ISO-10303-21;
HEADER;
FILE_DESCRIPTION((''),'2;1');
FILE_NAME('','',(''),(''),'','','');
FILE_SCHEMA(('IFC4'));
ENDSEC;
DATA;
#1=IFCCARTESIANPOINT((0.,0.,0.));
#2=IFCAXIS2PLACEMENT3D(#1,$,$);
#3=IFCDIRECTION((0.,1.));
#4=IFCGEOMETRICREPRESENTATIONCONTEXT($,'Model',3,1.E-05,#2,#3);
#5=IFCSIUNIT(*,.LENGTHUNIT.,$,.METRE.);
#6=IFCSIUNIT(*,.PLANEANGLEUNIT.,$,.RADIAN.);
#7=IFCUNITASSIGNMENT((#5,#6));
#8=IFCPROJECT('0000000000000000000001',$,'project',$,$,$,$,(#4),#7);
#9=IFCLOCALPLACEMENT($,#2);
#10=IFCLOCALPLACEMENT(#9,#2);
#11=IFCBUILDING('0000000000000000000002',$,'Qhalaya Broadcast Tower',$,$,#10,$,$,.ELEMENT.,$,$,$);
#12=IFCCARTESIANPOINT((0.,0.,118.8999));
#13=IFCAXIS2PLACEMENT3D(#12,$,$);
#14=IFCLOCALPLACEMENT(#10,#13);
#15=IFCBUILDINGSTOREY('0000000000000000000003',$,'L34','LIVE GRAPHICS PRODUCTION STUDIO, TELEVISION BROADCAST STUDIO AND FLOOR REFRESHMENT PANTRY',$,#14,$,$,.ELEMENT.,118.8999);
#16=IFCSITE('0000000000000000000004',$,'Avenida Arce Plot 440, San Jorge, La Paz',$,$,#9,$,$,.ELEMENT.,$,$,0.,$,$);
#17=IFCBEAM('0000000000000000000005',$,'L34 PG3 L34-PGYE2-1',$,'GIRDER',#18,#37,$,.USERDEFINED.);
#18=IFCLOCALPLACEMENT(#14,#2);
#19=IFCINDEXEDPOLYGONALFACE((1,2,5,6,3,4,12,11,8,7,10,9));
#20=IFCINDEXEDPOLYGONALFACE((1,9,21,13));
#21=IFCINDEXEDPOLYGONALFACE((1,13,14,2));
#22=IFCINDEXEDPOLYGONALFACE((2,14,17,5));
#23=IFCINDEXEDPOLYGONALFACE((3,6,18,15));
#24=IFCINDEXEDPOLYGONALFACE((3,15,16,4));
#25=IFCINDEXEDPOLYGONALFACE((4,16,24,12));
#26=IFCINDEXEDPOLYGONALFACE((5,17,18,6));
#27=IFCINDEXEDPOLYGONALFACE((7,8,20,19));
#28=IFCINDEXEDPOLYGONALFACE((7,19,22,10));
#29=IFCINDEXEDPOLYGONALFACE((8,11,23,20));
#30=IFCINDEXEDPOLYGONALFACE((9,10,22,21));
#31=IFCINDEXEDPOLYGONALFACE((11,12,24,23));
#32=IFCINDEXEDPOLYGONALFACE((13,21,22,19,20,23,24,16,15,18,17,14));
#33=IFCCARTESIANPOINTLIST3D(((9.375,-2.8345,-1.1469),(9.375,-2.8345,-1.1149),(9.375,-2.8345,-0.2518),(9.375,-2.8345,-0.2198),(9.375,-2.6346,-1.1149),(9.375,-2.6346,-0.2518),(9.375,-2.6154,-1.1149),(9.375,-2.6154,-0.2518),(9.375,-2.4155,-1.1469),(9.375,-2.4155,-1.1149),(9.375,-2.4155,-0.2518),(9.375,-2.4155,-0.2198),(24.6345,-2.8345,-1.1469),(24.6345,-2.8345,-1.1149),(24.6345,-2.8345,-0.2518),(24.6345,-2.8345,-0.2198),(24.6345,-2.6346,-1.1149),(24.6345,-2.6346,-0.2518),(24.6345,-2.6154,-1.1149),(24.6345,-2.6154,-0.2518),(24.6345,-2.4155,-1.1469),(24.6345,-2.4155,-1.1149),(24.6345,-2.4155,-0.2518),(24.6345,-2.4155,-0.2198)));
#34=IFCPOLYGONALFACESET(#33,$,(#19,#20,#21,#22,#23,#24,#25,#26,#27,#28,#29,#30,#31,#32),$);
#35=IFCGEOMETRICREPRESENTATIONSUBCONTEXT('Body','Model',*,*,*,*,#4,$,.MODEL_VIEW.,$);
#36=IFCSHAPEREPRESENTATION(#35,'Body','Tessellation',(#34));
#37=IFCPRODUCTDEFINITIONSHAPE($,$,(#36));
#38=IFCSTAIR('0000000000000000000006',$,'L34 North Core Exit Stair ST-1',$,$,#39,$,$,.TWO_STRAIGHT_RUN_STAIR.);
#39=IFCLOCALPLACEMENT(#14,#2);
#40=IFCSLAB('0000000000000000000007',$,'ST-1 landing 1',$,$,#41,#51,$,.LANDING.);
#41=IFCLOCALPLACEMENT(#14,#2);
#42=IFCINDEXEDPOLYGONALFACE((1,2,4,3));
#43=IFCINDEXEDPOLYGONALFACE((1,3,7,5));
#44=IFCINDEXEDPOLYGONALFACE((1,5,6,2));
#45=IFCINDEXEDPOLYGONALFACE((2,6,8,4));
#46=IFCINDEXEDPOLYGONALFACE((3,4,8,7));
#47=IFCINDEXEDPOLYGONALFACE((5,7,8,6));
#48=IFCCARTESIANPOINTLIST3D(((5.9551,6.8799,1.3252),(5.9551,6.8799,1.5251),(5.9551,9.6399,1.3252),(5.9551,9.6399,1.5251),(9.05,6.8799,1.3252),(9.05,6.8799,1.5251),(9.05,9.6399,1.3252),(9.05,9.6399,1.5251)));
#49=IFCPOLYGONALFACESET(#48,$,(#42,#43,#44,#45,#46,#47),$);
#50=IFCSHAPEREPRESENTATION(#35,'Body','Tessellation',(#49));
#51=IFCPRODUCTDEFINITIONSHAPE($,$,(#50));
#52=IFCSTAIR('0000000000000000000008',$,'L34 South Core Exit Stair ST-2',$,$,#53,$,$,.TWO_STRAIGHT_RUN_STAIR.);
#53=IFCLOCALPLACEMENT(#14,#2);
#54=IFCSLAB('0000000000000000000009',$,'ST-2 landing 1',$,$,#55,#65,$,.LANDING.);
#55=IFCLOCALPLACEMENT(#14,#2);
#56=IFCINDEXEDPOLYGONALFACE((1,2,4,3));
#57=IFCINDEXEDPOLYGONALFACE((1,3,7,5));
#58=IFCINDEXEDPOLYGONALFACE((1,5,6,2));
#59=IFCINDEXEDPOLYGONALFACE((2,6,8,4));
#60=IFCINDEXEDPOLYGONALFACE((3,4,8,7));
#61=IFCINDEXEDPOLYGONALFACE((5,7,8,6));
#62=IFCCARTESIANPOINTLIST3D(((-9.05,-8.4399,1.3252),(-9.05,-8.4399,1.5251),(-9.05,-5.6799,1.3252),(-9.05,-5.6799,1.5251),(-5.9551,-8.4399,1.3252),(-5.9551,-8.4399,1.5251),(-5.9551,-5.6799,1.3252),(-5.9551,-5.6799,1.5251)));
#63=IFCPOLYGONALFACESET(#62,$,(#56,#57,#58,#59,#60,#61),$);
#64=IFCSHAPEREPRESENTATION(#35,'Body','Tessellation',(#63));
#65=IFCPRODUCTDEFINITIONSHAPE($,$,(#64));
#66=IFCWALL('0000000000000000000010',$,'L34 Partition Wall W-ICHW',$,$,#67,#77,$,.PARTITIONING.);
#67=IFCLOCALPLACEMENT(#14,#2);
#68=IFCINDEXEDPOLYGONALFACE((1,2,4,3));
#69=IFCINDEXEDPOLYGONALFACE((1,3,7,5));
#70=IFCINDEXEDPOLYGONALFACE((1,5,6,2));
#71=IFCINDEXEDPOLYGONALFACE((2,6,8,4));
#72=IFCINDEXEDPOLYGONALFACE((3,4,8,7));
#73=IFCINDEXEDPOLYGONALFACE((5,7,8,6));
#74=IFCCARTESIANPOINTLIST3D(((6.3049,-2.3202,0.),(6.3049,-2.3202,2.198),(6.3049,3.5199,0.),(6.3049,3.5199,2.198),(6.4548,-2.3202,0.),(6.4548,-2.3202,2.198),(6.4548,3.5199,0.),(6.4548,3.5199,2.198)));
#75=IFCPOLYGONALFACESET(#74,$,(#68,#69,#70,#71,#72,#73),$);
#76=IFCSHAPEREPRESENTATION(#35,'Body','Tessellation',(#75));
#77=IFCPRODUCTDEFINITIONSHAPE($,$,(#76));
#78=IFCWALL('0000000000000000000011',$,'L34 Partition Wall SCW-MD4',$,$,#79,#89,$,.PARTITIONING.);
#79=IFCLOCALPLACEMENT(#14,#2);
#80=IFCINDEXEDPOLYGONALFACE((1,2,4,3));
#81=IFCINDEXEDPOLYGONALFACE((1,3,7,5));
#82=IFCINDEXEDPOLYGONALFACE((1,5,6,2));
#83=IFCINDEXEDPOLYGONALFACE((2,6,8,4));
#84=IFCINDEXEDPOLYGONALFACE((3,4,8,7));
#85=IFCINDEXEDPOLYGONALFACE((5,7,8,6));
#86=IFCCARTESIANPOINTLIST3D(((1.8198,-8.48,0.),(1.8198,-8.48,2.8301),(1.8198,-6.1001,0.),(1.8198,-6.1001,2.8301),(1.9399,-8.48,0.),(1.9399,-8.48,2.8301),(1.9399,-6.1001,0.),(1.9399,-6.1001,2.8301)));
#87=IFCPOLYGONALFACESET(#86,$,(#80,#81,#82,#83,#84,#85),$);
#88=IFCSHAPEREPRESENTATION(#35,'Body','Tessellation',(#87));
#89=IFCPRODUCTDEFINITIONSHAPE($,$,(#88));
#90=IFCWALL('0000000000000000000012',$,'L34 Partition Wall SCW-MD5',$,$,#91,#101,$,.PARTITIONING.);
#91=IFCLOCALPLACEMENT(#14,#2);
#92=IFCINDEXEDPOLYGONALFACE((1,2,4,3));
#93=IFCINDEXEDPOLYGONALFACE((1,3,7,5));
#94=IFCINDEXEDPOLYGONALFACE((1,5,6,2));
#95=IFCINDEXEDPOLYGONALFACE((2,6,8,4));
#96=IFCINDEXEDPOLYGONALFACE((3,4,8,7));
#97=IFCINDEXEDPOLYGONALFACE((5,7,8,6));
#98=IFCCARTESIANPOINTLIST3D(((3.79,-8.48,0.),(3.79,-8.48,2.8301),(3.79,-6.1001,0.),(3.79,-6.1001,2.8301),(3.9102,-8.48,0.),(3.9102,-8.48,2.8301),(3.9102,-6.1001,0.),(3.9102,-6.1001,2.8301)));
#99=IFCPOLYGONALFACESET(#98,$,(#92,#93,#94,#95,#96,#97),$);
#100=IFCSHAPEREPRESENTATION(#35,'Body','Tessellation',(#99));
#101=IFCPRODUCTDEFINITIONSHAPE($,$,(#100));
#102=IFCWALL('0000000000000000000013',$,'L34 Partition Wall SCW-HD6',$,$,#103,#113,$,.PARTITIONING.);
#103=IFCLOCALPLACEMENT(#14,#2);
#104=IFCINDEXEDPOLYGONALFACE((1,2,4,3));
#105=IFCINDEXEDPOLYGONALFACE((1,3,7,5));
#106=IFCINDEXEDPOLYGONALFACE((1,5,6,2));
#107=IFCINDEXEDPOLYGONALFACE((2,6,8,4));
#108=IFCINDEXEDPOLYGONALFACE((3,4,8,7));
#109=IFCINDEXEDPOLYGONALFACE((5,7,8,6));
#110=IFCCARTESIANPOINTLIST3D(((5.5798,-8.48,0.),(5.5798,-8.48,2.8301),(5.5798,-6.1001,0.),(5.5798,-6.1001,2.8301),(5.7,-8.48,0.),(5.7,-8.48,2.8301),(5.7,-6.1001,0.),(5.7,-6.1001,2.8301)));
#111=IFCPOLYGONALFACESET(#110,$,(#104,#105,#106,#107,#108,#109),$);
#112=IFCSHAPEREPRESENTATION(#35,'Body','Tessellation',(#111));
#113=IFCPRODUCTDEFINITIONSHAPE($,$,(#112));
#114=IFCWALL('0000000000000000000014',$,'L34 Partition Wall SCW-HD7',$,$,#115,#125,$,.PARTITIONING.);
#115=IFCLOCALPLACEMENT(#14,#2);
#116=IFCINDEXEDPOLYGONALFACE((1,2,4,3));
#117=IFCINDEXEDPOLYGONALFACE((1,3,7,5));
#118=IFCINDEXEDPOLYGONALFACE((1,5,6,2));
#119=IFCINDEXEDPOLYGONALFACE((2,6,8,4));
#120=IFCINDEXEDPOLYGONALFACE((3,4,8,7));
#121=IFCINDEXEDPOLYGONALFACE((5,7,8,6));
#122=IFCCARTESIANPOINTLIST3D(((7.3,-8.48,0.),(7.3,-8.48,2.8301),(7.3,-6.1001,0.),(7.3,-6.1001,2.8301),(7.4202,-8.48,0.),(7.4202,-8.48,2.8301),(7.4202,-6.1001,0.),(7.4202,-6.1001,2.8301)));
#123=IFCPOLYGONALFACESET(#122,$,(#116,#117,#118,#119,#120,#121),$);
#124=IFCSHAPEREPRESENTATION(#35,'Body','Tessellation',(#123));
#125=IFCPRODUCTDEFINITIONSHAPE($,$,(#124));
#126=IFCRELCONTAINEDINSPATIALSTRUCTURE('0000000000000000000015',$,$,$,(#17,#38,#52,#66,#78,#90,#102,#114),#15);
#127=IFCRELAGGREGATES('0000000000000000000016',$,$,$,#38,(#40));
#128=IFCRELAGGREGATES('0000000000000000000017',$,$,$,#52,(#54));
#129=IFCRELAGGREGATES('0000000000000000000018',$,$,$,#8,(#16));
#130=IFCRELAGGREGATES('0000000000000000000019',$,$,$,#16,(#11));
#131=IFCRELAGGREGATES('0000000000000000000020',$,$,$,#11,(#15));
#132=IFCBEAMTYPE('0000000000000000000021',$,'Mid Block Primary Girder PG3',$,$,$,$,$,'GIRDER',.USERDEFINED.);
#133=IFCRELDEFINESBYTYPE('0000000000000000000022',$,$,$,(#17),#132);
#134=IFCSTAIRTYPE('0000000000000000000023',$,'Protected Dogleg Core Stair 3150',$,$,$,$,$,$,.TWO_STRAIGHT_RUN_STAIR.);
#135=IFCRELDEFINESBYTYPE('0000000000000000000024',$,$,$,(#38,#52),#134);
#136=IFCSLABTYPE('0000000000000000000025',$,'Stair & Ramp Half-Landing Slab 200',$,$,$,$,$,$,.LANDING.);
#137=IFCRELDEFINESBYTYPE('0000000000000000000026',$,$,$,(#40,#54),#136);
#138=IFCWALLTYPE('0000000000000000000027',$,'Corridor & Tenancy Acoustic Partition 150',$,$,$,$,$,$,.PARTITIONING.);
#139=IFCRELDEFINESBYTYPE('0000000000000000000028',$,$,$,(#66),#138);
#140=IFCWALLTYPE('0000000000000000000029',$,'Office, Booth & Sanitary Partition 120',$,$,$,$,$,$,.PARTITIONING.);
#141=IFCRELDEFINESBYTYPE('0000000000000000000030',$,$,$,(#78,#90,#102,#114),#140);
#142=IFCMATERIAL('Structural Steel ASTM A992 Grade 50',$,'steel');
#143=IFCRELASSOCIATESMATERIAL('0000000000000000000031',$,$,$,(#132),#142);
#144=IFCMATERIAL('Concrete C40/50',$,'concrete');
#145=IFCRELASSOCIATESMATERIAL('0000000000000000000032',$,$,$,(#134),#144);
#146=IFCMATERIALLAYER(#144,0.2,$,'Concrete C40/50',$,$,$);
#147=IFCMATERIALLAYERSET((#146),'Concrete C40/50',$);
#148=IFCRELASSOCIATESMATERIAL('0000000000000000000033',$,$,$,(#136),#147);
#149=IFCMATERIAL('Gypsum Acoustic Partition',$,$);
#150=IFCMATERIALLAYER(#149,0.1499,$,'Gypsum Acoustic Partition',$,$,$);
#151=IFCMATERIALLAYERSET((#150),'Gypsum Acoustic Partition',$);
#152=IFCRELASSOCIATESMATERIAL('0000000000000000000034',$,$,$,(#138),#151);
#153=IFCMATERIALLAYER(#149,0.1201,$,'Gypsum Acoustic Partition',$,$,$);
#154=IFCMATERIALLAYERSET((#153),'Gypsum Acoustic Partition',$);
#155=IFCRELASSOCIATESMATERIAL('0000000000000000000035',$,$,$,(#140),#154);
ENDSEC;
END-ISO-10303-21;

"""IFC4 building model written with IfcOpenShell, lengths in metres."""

from ifc_helpers import new_model, si_unit, direction, frame, frame_2d, origin, origin_2d, place, context, subcontext, project, spatial, polyline, rectangle, i_section, outline, extrude, material, layer, layer_set, material_profile, profile_set, type_object, element, aggregate, save


model = new_model("IFC4")

# Units and contexts
model_context = context("Model", 3, precision=1e-05, world=origin(), true_north=direction((0.0, 1.0)))
body_context = subcontext(model_context, "Body", "Model", "MODEL_VIEW")
ifc_project = project(units=[si_unit("LENGTHUNIT", "METRE"), si_unit("PLANEANGLEUNIT", "RADIAN")], contexts=[model_context])

# Site, building, storey
site_placement = place(None, origin())
site = spatial("IfcSite", under=ifc_project, at=site_placement, Name="Avenida Arce Plot 440, San Jorge, La Paz", CompositionType="ELEMENT", RefElevation=0.0)
building_placement = place(site_placement, origin())
building = spatial("IfcBuilding", under=site, at=building_placement, Name="Qhalaya Broadcast Tower", CompositionType="ELEMENT")
storey_placement = place(building_placement, frame((0.0, 0.0, 118.8999)))
storey = spatial("IfcBuildingStorey", under=building, at=storey_placement, Name="L34", Description="LIVE GRAPHICS PRODUCTION STUDIO, TELEVISION BROADCAST STUDIO AND FLOOR REFRESHMENT PANTRY", CompositionType="ELEMENT", Elevation=118.8999)

# Beam
ifc_material_1 = material(Name="Structural Steel ASTM A992 Grade 50", Category="steel")
ifc_material_profile_1 = material_profile(ifc_material_1, i_section(OverallWidth=0.4189, OverallDepth=0.927, WebThickness=0.0193, FlangeThickness=0.032, at=origin_2d()), Name="W36X231")
ifc_profile_set_1 = profile_set([ifc_material_profile_1], Name="Structural Steel ASTM A992 Grade 50")
beam_type_1 = type_object("IfcBeamType", Name="Mid Block Primary Girder PG3", ElementType="GIRDER", PredefinedType="USERDEFINED", material=ifc_profile_set_1)
beam_1_placement = place(storey_placement, frame((9.375, -2.625, -0.6833), z_axis=(1.0, 0.0, 0.0), x_axis=(0.0, 1.0, 0.0)))
element("IfcBeam", 1, at=beam_1_placement, inside=storey, type_object=beam_type_1, Name="L34 PG3 L34-PGYE2-1", ObjectType="GIRDER", PredefinedType="USERDEFINED", context=body_context, shape_type="SweptSolid", body=[
    extrude(i_section(OverallWidth=0.4189, OverallDepth=0.927, WebThickness=0.0193, FlangeThickness=0.032, at=origin_2d()), origin(), (0.0, 0.0, 1.0), 15.2595),
])

# Stairs, slabs
ifc_material_2 = material(Name="Concrete C40/50", Category="concrete")
stair_type = type_object("IfcStairType", Name="Protected Dogleg Core Stair 3150", PredefinedType="TWO_STRAIGHT_RUN_STAIR", material=ifc_material_2)
stair_1_placement = place(storey_placement, origin())
stair_1 = element("IfcStair", 2, at=stair_1_placement, inside=storey, type_object=stair_type, Name="L34 North Core Exit Stair ST-1", PredefinedType="TWO_STRAIGHT_RUN_STAIR")
ifc_layer_1 = layer(ifc_material_2, 0.2, Name="Concrete C40/50")
ifc_layer_set_1 = layer_set([ifc_layer_1], Name="Concrete C40/50")
slab_type = type_object("IfcSlabType", Name="Stair & Ramp Half-Landing Slab 200", PredefinedType="LANDING", material=ifc_layer_set_1)
slab_1_placement = place(storey_placement, frame((0.0, 0.0, 1.3252)))
slab_1 = element("IfcSlab", 3, at=slab_1_placement, type_object=slab_type, Name="ST-1 landing 1", PredefinedType="LANDING", context=body_context, shape_type="SweptSolid", body=[
    extrude(outline(polyline([(5.9551, 6.8799), (9.05, 6.8799), (9.05, 9.6399), (5.9551, 9.6399), (5.9551, 6.8799)])), origin(), (0.0, 0.0, 1.0), 0.2),
])
aggregate(stair_1, [slab_1])
stair_2_placement = place(storey_placement, origin())
stair_2 = element("IfcStair", 4, at=stair_2_placement, inside=storey, type_object=stair_type, Name="L34 South Core Exit Stair ST-2", PredefinedType="TWO_STRAIGHT_RUN_STAIR")
slab_2_placement = place(storey_placement, frame((0.0, 0.0, 1.3252)))
slab_2 = element("IfcSlab", 5, at=slab_2_placement, type_object=slab_type, Name="ST-2 landing 1", PredefinedType="LANDING", context=body_context, shape_type="SweptSolid", body=[
    extrude(outline(polyline([(-5.9551, -5.6799), (-9.05, -5.6799), (-9.05, -8.4399), (-5.9551, -8.4399), (-5.9551, -5.6799)])), origin(), (0.0, 0.0, 1.0), 0.2),
])
aggregate(stair_2, [slab_2])

# Walls
ifc_material_3 = material(Name="Gypsum Acoustic Partition")
ifc_layer_2 = layer(ifc_material_3, 0.1499, Name="Gypsum Acoustic Partition")
ifc_layer_set_2 = layer_set([ifc_layer_2], Name="Gypsum Acoustic Partition")
wall_type_1 = type_object("IfcWallType", Name="Corridor & Tenancy Acoustic Partition 150", PredefinedType="PARTITIONING", material=ifc_layer_set_2)
wall_1_placement = place(storey_placement, frame((6.3799, -2.3201, 0.0), z_axis=(0.0, 0.0, 1.0), x_axis=(0.0, 1.0, 0.0)))
element("IfcWall", 6, at=wall_1_placement, inside=storey, type_object=wall_type_1, Name="L34 Partition Wall W-ICHW", PredefinedType="PARTITIONING", context=body_context, shape_type="SweptSolid", body=[
    extrude(rectangle(XDim=5.8401, YDim=0.1499, at=frame_2d((2.9199, 0.0))), origin(), (0.0, 0.0, 1.0), 2.198),
])
ifc_layer_3 = layer(ifc_material_3, 0.1201, Name="Gypsum Acoustic Partition")
ifc_layer_set_3 = layer_set([ifc_layer_3], Name="Gypsum Acoustic Partition")
wall_type_2 = type_object("IfcWallType", Name="Office, Booth & Sanitary Partition 120", PredefinedType="PARTITIONING", material=ifc_layer_set_3)
for number, where, z_axis, x_axis, name in (
    (7, (1.8799, -8.48, 0.0), (0.0, 0.0, 1.0), (0.0, 1.0, 0.0), "L34 Partition Wall SCW-MD4"),
    (8, (3.8501, -8.48, 0.0), (0.0, 0.0, 1.0), (0.0, 1.0, 0.0), "L34 Partition Wall SCW-MD5"),
    (9, (5.6399, -8.48, 0.0), (0.0, 0.0, 1.0), (0.0, 1.0, 0.0), "L34 Partition Wall SCW-HD6"),
    (10, (7.3601, -8.48, 0.0), (0.0, 0.0, 1.0), (0.0, 1.0, 0.0), "L34 Partition Wall SCW-HD7"),
):
    element("IfcWall", number, at=place(storey_placement, frame(where, z_axis=z_axis, x_axis=x_axis)), inside=storey, type_object=wall_type_2, Name=name, PredefinedType="PARTITIONING", context=body_context, shape_type="SweptSolid", body=[
        extrude(rectangle(XDim=2.3799, YDim=0.1201, at=frame_2d((1.1899, 0.0))), origin(), (0.0, 0.0, 1.0), 2.8301),
    ])

save(model, "model.ifc")
